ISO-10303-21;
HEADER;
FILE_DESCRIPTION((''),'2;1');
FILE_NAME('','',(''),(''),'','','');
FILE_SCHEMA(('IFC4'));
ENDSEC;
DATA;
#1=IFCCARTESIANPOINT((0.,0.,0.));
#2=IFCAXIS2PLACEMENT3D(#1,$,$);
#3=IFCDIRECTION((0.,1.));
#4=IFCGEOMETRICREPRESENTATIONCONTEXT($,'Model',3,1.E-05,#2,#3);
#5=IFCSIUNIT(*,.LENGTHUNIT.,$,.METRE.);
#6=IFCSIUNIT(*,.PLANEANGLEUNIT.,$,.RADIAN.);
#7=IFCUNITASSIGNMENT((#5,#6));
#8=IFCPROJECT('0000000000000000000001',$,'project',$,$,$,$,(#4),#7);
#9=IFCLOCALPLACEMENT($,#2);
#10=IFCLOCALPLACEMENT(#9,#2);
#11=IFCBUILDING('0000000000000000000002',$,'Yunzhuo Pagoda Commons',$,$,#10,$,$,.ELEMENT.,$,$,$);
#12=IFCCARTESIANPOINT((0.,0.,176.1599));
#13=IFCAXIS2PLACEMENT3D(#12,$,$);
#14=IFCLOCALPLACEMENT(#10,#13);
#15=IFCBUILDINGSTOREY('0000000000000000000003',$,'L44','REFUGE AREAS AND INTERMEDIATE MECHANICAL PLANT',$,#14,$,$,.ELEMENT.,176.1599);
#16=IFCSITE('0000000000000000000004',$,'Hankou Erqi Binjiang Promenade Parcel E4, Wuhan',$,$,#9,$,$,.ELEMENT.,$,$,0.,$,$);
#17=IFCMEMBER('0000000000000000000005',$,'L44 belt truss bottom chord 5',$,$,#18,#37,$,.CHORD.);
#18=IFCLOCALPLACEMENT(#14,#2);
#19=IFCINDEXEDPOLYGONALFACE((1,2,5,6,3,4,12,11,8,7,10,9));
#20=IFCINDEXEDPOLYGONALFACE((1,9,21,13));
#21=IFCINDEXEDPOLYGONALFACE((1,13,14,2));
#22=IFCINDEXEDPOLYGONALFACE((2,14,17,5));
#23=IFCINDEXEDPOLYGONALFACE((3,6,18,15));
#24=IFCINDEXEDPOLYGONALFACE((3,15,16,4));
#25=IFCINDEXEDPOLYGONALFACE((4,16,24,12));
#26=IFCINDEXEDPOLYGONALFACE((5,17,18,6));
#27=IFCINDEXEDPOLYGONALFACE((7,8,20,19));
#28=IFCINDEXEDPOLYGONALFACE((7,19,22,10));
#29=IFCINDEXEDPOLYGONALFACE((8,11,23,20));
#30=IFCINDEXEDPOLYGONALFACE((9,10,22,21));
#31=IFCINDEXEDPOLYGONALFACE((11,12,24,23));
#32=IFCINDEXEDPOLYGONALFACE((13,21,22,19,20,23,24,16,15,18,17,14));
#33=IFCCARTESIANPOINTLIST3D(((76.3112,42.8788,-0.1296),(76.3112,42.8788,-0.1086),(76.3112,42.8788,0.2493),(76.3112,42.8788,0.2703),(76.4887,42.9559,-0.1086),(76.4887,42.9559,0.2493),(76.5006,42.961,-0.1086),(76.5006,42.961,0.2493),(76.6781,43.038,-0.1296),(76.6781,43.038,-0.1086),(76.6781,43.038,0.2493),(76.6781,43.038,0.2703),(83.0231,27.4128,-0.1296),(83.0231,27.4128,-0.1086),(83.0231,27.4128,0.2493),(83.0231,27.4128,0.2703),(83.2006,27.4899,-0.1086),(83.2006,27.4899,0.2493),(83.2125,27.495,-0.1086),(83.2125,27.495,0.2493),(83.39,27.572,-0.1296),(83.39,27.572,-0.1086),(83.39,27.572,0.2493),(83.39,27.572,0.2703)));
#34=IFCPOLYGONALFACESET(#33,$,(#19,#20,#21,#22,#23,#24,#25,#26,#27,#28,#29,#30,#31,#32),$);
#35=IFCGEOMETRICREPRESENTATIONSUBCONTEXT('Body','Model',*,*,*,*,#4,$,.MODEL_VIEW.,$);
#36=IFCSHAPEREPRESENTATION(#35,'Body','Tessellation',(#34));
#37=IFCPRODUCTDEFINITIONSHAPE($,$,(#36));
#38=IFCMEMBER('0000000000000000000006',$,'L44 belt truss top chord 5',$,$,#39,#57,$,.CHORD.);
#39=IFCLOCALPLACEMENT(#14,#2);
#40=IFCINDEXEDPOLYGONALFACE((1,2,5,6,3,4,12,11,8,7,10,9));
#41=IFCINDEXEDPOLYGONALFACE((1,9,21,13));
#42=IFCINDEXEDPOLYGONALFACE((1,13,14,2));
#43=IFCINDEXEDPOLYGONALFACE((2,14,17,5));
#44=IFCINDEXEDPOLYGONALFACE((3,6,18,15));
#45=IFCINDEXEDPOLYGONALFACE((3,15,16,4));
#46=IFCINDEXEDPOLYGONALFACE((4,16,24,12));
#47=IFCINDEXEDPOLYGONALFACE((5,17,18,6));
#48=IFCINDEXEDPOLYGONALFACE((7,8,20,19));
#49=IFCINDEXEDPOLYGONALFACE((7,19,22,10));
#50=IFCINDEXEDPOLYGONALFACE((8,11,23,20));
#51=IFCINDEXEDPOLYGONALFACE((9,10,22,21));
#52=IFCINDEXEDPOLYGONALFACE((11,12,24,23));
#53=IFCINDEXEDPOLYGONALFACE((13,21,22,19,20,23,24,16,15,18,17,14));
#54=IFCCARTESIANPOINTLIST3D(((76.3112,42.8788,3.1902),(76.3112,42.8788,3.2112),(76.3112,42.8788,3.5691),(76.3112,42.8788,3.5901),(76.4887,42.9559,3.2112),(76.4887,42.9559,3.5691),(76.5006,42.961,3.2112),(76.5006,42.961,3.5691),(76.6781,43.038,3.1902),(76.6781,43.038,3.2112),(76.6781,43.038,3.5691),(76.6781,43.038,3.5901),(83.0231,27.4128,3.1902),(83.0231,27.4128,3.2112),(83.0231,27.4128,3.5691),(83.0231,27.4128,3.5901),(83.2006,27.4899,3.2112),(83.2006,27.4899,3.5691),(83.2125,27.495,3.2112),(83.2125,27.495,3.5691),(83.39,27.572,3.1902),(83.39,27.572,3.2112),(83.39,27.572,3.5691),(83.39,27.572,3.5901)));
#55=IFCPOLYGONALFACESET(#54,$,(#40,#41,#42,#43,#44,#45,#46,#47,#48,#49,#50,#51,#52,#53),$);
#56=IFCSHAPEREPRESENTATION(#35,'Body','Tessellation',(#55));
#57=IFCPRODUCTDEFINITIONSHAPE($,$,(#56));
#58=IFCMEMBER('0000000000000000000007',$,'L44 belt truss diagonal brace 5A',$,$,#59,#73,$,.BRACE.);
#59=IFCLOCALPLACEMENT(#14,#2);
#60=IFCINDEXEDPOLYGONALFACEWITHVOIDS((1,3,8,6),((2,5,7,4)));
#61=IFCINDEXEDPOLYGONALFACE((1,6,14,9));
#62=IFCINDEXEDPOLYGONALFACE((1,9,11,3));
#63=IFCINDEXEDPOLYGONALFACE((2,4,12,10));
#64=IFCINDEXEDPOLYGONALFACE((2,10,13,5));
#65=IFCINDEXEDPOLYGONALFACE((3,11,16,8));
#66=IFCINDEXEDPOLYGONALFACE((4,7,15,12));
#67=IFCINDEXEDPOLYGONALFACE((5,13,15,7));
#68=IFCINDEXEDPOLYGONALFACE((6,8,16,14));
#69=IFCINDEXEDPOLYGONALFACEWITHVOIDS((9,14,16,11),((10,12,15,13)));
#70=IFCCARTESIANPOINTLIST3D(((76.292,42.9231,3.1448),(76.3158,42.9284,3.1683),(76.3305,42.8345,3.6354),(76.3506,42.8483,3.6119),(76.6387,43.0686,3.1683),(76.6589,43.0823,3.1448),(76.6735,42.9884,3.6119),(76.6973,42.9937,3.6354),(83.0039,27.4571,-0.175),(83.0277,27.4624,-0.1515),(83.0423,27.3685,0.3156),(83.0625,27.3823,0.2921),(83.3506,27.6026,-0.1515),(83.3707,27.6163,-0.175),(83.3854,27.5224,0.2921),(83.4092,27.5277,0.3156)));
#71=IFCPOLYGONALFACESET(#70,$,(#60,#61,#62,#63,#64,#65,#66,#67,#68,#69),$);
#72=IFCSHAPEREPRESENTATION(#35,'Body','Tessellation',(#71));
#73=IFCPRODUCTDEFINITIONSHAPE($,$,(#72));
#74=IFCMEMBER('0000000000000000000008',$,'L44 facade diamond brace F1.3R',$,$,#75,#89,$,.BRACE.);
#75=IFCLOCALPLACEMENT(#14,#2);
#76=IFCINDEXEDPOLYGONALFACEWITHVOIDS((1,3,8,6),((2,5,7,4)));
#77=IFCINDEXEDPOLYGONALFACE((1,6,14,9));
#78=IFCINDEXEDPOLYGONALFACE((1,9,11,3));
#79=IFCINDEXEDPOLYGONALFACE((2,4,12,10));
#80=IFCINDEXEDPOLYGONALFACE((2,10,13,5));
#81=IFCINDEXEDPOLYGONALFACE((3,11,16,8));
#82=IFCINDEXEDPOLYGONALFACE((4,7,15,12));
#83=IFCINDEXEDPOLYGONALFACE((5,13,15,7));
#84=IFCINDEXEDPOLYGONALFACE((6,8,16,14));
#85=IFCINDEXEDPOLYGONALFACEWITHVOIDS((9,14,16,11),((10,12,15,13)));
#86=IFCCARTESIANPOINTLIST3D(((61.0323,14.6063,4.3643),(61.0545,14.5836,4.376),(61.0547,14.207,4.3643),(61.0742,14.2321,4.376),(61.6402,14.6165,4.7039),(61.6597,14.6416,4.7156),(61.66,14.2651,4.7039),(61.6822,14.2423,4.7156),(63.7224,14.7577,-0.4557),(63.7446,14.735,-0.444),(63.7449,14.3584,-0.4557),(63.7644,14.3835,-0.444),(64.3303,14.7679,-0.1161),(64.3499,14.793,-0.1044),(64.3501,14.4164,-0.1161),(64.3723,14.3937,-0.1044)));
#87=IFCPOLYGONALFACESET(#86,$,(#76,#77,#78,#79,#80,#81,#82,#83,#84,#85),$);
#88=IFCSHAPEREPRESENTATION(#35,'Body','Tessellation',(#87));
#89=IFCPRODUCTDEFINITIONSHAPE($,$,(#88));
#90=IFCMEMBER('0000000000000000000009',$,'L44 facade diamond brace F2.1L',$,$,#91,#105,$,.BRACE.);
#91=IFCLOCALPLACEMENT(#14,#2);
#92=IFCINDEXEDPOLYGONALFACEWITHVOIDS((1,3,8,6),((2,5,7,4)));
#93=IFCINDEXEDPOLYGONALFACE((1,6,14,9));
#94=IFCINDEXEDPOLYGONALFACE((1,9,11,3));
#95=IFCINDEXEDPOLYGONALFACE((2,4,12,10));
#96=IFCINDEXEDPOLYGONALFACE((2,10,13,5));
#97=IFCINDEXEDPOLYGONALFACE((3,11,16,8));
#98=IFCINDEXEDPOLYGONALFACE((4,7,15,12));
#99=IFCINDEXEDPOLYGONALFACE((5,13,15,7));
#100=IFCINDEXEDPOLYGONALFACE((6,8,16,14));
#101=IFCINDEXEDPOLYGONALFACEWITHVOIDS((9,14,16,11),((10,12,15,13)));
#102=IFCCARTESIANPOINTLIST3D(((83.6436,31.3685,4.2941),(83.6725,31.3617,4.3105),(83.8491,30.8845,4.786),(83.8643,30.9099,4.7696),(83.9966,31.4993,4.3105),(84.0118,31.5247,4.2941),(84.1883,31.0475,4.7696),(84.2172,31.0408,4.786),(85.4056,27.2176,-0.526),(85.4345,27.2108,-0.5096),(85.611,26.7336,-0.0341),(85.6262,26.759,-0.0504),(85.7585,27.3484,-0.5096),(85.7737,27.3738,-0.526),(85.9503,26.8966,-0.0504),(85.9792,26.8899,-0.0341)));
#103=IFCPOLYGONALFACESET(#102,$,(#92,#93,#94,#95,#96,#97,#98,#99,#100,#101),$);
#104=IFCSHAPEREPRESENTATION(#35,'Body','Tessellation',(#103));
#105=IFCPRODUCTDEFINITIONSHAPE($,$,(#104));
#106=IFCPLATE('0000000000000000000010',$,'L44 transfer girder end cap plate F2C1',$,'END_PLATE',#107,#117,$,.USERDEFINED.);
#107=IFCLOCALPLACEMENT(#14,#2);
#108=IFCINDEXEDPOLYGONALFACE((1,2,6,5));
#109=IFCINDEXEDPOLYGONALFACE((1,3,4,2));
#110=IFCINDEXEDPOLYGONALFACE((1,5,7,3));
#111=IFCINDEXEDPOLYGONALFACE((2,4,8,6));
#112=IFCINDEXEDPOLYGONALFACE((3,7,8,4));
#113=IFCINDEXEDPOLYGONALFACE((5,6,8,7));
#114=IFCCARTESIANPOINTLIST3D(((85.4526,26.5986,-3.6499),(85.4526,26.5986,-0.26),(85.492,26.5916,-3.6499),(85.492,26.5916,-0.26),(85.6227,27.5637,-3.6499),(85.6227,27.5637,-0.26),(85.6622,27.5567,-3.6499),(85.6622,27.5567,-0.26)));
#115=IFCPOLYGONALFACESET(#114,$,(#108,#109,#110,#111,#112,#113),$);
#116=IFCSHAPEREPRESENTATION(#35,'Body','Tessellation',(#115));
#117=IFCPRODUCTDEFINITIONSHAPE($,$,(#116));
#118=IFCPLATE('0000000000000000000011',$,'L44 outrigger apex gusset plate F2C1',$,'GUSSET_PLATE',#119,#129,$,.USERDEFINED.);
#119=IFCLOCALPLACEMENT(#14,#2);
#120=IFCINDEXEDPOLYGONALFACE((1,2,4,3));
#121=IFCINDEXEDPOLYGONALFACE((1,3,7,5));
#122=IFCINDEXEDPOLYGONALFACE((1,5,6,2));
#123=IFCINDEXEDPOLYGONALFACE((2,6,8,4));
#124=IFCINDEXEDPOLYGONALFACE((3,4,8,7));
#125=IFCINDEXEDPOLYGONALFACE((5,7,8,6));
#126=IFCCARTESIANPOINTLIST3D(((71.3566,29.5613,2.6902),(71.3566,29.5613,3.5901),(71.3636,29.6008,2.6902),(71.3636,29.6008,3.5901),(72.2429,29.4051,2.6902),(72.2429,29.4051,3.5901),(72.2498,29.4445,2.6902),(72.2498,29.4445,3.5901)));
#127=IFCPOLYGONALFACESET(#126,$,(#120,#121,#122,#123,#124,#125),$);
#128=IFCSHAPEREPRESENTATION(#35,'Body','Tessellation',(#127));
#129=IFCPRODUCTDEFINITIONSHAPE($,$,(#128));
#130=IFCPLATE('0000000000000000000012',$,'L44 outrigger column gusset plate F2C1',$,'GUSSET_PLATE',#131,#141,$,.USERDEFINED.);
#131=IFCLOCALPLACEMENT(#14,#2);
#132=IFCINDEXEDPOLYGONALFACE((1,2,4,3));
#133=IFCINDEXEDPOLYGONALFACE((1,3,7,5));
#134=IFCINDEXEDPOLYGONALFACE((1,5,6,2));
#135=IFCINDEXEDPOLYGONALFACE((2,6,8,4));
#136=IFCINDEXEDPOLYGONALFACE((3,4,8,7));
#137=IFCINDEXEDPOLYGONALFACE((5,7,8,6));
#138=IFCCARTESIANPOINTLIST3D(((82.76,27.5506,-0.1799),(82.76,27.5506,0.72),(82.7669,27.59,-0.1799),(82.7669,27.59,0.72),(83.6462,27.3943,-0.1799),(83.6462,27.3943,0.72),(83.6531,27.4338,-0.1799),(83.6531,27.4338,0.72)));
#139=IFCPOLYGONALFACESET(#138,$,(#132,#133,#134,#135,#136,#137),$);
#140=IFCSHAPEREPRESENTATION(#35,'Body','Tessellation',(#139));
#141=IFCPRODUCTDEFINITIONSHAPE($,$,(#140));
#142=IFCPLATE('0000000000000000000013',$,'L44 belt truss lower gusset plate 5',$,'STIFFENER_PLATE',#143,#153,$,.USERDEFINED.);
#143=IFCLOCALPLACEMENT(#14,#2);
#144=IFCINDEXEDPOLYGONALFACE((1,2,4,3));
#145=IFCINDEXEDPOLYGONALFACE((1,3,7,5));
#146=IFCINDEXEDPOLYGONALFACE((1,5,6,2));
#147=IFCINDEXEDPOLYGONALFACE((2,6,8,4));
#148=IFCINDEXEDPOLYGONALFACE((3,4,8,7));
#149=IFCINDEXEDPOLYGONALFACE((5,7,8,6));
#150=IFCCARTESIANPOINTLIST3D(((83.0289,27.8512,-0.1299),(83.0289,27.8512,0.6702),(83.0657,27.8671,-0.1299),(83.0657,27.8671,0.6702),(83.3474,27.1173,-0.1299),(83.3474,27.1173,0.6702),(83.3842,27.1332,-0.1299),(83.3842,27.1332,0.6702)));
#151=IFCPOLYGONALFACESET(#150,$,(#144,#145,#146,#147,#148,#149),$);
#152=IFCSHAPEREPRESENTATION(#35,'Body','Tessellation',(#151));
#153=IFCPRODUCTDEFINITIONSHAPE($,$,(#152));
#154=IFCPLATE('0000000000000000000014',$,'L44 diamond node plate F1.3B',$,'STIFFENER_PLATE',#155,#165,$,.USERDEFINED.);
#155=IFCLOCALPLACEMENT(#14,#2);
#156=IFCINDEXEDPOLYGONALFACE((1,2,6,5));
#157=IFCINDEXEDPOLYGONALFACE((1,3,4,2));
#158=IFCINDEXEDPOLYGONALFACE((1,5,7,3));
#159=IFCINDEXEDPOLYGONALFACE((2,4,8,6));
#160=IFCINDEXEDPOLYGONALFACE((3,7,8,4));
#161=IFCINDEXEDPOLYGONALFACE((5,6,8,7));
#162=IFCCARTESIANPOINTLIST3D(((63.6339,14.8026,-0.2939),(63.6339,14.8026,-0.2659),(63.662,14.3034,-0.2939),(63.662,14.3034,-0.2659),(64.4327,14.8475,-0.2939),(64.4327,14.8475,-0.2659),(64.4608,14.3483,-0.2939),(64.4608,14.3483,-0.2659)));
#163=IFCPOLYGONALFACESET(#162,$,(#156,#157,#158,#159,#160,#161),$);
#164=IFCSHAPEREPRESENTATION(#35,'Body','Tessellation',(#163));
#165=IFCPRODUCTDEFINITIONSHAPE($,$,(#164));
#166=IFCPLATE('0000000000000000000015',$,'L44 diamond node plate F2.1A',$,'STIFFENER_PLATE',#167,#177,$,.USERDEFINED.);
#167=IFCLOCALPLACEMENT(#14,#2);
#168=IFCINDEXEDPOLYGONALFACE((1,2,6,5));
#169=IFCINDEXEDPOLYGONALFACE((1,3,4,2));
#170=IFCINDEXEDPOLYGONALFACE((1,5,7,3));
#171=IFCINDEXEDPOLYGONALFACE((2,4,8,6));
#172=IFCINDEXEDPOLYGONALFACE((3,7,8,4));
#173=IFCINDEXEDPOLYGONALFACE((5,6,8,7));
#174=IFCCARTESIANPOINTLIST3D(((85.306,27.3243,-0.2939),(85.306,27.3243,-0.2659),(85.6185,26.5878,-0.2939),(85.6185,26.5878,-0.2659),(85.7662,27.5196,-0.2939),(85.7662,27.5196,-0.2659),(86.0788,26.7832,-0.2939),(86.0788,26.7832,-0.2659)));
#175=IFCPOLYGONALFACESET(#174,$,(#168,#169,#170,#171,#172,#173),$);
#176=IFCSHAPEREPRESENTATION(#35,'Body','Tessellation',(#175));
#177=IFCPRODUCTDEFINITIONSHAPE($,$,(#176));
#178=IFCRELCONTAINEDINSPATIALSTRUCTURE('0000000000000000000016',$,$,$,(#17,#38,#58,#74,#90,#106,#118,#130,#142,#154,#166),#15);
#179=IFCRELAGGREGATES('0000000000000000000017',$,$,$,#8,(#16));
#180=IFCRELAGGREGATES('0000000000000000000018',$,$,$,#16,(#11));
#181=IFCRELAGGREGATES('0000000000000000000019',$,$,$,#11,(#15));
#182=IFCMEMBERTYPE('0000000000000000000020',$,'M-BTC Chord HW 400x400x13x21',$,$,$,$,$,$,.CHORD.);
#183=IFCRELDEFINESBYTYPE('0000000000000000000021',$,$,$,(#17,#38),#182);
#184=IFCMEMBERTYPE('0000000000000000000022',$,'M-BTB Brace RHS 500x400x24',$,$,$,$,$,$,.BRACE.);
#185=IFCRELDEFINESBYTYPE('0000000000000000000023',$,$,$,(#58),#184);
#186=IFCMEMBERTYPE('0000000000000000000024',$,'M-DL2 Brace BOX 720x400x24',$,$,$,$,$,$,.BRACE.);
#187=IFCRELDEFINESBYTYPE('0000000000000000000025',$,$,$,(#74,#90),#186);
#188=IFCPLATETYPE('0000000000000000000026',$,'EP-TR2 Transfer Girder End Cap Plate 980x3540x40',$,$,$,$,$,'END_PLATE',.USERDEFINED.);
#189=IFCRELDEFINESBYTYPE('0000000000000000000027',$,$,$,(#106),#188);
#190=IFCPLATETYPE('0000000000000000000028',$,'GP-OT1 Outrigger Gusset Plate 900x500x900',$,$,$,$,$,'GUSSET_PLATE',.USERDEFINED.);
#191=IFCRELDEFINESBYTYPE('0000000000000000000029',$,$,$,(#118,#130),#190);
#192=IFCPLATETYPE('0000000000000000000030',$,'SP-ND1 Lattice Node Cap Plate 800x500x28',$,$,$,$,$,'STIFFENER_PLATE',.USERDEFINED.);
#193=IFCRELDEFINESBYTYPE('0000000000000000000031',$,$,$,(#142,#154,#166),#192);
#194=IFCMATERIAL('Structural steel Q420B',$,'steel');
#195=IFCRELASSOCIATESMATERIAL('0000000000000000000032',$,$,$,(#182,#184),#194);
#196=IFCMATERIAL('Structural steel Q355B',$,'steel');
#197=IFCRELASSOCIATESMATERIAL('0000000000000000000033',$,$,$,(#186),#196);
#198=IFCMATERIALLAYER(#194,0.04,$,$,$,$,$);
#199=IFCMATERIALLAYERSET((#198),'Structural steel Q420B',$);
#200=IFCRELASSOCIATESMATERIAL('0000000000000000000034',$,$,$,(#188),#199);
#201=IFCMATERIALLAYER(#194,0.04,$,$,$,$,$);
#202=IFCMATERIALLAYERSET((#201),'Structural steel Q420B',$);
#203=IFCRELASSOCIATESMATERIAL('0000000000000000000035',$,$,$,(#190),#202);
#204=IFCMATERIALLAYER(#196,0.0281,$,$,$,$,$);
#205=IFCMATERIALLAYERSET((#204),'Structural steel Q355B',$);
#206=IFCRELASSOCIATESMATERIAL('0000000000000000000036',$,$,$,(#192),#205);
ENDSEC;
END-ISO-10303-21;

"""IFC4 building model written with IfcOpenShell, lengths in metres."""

from ifc_helpers import new_model, si_unit, direction, frame, origin, origin_2d, place, context, subcontext, project, spatial, rectangle, hollow_rectangle, i_section, extrude, source, transform, mapped, material, layer, layer_set, material_profile, profile_set, type_object, element, save


model = new_model("IFC4")

# Units and contexts
model_context = context("Model", 3, precision=1e-05, world=origin(), true_north=direction((0.0, 1.0)))
body_context = subcontext(model_context, "Body", "Model", "MODEL_VIEW")
ifc_project = project(units=[si_unit("LENGTHUNIT", "METRE"), si_unit("PLANEANGLEUNIT", "RADIAN")], contexts=[model_context])

# Site, building, storey
site_placement = place(None, origin())
site = spatial("IfcSite", under=ifc_project, at=site_placement, Name="Hankou Erqi Binjiang Promenade Parcel E4, Wuhan", CompositionType="ELEMENT", RefElevation=0.0)
building_placement = place(site_placement, origin())
building = spatial("IfcBuilding", under=site, at=building_placement, Name="Yunzhuo Pagoda Commons", CompositionType="ELEMENT")
storey_placement = place(building_placement, frame((0.0, 0.0, 176.1599)))
storey = spatial("IfcBuildingStorey", under=building, at=storey_placement, Name="L44", Description="REFUGE AREAS AND INTERMEDIATE MECHANICAL PLANT", CompositionType="ELEMENT", Elevation=176.1599)

# Shared definitions
ifc_material_1 = material(Name="Structural steel Q420B", Category="steel")

# Shared definitions
ifc_material_2 = material(Name="Structural steel Q355B", Category="steel")

# Members
ifc_material_profile_1 = material_profile(ifc_material_1, i_section(OverallWidth=0.3999, OverallDepth=0.3999, WebThickness=0.0129, FlangeThickness=0.021, at=origin_2d()), Name="Structural steel Q420B")
ifc_profile_set_1 = profile_set([ifc_material_profile_1], Name="Structural steel Q420B")
member_type_1 = type_object("IfcMemberType", Name="M-BTC Chord HW 400x400x13x21", PredefinedType="CHORD", material=ifc_profile_set_1)
shared_shape_1 = source(origin(), body_context, "Body", "SweptSolid", [
    extrude(i_section(OverallWidth=0.3999, OverallDepth=0.3999, WebThickness=0.0129, FlangeThickness=0.021, at=origin_2d()), origin(), (0.0, 0.0, 1.0), 16.8596),
])
for number, where, z_axis, x_axis, name in (
    (1, (83.2065, 27.4924, 0.0703), (-0.398104, 0.91734, 0.0), (-0.91734, -0.398104, 0.0), "L44 belt truss bottom chord 5"),
    (2, (83.2065, 27.4924, 3.3901), (-0.398104, 0.91734, 0.0), (-0.91734, -0.398104, 0.0), "L44 belt truss top chord 5"),
):
    element("IfcMember", number, at=place(storey_placement, frame(where, z_axis=z_axis, x_axis=x_axis)), inside=storey, type_object=member_type_1, Name=name, PredefinedType="CHORD", context=body_context, shape_type="MappedRepresentation", body=[
        mapped(shared_shape_1, transform((0.0, 0.0, 0.0), scale=1.0)),
    ])
ifc_material_profile_2 = material_profile(ifc_material_1, hollow_rectangle(XDim=0.3999, YDim=0.5, WallThickness=0.0239, at=origin_2d()), Name="Structural steel Q420B")
ifc_profile_set_2 = profile_set([ifc_material_profile_2], Name="Structural steel Q420B")
member_type_2 = type_object("IfcMemberType", Name="M-BTB Brace RHS 500x400x24", PredefinedType="BRACE", material=ifc_profile_set_2)
shared_shape_2 = source(origin(), body_context, "Body", "SweptSolid", [
    extrude(hollow_rectangle(XDim=0.3999, YDim=0.5, WallThickness=0.0239, at=origin_2d()), origin(), (0.0, 0.0, 1.0), 17.1833),
])
member_1_placement = place(storey_placement, frame((83.2065, 27.4924, 0.0703), z_axis=(-0.390604, 0.900057, 0.193199), x_axis=(-0.91734, -0.398104, 0.0)))
element("IfcMember", 3, at=member_1_placement, inside=storey, type_object=member_type_2, Name="L44 belt truss diagonal brace 5A", PredefinedType="BRACE", context=body_context, shape_type="MappedRepresentation", body=[
    mapped(shared_shape_2, transform((0.0, 0.0, 0.0), scale=1.0)),
])
ifc_material_profile_3 = material_profile(ifc_material_2, hollow_rectangle(XDim=0.3999, YDim=0.72, WallThickness=0.0239, at=origin_2d()), Name="Structural steel Q355B")
ifc_profile_set_3 = profile_set([ifc_material_profile_3], Name="Structural steel Q355B")
member_type_3 = type_object("IfcMemberType", Name="M-DL2 Brace BOX 720x400x24", PredefinedType="BRACE", material=ifc_profile_set_3)
shared_shape_3 = source(origin(), body_context, "Body", "SweptSolid", [
    extrude(hollow_rectangle(XDim=0.3999, YDim=0.72, WallThickness=0.0239, at=origin_2d()), origin(), (0.0, 0.0, 1.0), 5.522),
])
member_2_placement = place(storey_placement, frame((64.0474, 14.5757, -0.28), z_axis=(-0.487171, -0.027411, 0.872876), x_axis=(0.056178, -0.998421, 0.0)))
element("IfcMember", 4, at=member_2_placement, inside=storey, type_object=member_type_3, Name="L44 facade diamond brace F1.3R", PredefinedType="BRACE", context=body_context, shape_type="MappedRepresentation", body=[
    mapped(shared_shape_3, transform((0.0, 0.0, 0.0), scale=1.0)),
])
shared_shape_4 = source(origin(), body_context, "Body", "SweptSolid", [
    extrude(hollow_rectangle(XDim=0.3999, YDim=0.72, WallThickness=0.0239, at=origin_2d()), origin(), (0.0, 0.0, 1.0), 6.6006),
])
member_3_placement = place(storey_placement, frame((85.6924, 27.0537, -0.28), z_axis=(-0.266941, 0.628868, 0.730252), x_axis=(-0.920503, -0.390735, 0.0)))
element("IfcMember", 5, at=member_3_placement, inside=storey, type_object=member_type_3, Name="L44 facade diamond brace F2.1L", PredefinedType="BRACE", context=body_context, shape_type="MappedRepresentation", body=[
    mapped(shared_shape_4, transform((0.0, 0.0, 0.0), scale=1.0)),
])

# Plates
ifc_layer_1 = layer(ifc_material_1, 0.04)
ifc_layer_set_1 = layer_set([ifc_layer_1], Name="Structural steel Q420B")
plate_type_1 = type_object("IfcPlateType", Name="EP-TR2 Transfer Girder End Cap Plate 980x3540x40", ElementType="END_PLATE", PredefinedType="USERDEFINED", material=ifc_layer_set_1)
shared_shape_5 = source(origin(), body_context, "Body", "SweptSolid", [
    extrude(rectangle(XDim=0.98, YDim=0.04, at=origin_2d()), origin(), (0.0, 0.0, 1.0), 3.3899),
])
plate_1_placement = place(storey_placement, frame((85.5574, 27.0776, -3.6499), z_axis=(0.0, 0.0, 1.0), x_axis=(0.173648, 0.984808, 0.0)))
element("IfcPlate", 6, at=plate_1_placement, inside=storey, type_object=plate_type_1, Name="L44 transfer girder end cap plate F2C1", ObjectType="END_PLATE", PredefinedType="USERDEFINED", context=body_context, shape_type="MappedRepresentation", body=[
    mapped(shared_shape_5, transform((0.0, 0.0, 0.0), scale=1.0)),
])
ifc_layer_2 = layer(ifc_material_1, 0.04)
ifc_layer_set_2 = layer_set([ifc_layer_2], Name="Structural steel Q420B")
plate_type_2 = type_object("IfcPlateType", Name="GP-OT1 Outrigger Gusset Plate 900x500x900", ElementType="GUSSET_PLATE", PredefinedType="USERDEFINED", material=ifc_layer_set_2)
shared_shape_6 = source(origin(), body_context, "Body", "SweptSolid", [
    extrude(rectangle(XDim=0.8999, YDim=0.04, at=origin_2d()), origin(), (0.0, 0.0, 1.0), 0.8999),
])
for number, where, z_axis, x_axis, name in (
    (7, (71.8032, 29.5029, 2.6902), (0.0, 0.0, 1.0), (0.984808, -0.173648, 0.0), "L44 outrigger apex gusset plate F2C1"),
    (8, (83.2065, 27.4922, -0.1799), (0.0, 0.0, 1.0), (0.984808, -0.173648, 0.0), "L44 outrigger column gusset plate F2C1"),
):
    element("IfcPlate", number, at=place(storey_placement, frame(where, z_axis=z_axis, x_axis=x_axis)), inside=storey, type_object=plate_type_2, Name=name, ObjectType="GUSSET_PLATE", PredefinedType="USERDEFINED", context=body_context, shape_type="MappedRepresentation", body=[
        mapped(shared_shape_6, transform((0.0, 0.0, 0.0), scale=1.0)),
    ])
ifc_layer_3 = layer(ifc_material_2, 0.0281)
ifc_layer_set_3 = layer_set([ifc_layer_3], Name="Structural steel Q355B")
plate_type_3 = type_object("IfcPlateType", Name="SP-ND1 Lattice Node Cap Plate 800x500x28", ElementType="STIFFENER_PLATE", PredefinedType="USERDEFINED", material=ifc_layer_set_3)
shared_shape_7 = source(origin(), body_context, "Body", "SweptSolid", [
    extrude(rectangle(XDim=0.8, YDim=0.04, at=origin_2d()), origin(), (0.0, 0.0, 1.0), 0.8),
])
plate_2_placement = place(storey_placement, frame((83.2065, 27.4922, -0.1299), z_axis=(0.0, 0.0, 1.0), x_axis=(-0.398093, 0.917345, 0.0)))
element("IfcPlate", 9, at=plate_2_placement, inside=storey, type_object=plate_type_3, Name="L44 belt truss lower gusset plate 5", ObjectType="STIFFENER_PLATE", PredefinedType="USERDEFINED", context=body_context, shape_type="MappedRepresentation", body=[
    mapped(shared_shape_7, transform((0.0, 0.0, 0.0), scale=1.0)),
])
shared_shape_8 = source(origin(), body_context, "Body", "SweptSolid", [
    extrude(rectangle(XDim=0.8, YDim=0.5, at=origin_2d()), origin(), (0.0, 0.0, 1.0), 0.0281),
])
for number, where, z_axis, x_axis, name in (
    (10, (64.0474, 14.5754, -0.2939), (0.0, 0.0, 1.0), (0.998423, 0.056135, 0.0), "L44 diamond node plate F1.3B"),
    (11, (85.6924, 27.0537, -0.2939), (0.0, 0.0, 1.0), (-0.390699, 0.920518, 0.0), "L44 diamond node plate F2.1A"),
):
    element("IfcPlate", number, at=place(storey_placement, frame(where, z_axis=z_axis, x_axis=x_axis)), inside=storey, type_object=plate_type_3, Name=name, ObjectType="STIFFENER_PLATE", PredefinedType="USERDEFINED", context=body_context, shape_type="MappedRepresentation", body=[
        mapped(shared_shape_8, transform((0.0, 0.0, 0.0), scale=1.0)),
    ])

save(model, "model.ifc")
